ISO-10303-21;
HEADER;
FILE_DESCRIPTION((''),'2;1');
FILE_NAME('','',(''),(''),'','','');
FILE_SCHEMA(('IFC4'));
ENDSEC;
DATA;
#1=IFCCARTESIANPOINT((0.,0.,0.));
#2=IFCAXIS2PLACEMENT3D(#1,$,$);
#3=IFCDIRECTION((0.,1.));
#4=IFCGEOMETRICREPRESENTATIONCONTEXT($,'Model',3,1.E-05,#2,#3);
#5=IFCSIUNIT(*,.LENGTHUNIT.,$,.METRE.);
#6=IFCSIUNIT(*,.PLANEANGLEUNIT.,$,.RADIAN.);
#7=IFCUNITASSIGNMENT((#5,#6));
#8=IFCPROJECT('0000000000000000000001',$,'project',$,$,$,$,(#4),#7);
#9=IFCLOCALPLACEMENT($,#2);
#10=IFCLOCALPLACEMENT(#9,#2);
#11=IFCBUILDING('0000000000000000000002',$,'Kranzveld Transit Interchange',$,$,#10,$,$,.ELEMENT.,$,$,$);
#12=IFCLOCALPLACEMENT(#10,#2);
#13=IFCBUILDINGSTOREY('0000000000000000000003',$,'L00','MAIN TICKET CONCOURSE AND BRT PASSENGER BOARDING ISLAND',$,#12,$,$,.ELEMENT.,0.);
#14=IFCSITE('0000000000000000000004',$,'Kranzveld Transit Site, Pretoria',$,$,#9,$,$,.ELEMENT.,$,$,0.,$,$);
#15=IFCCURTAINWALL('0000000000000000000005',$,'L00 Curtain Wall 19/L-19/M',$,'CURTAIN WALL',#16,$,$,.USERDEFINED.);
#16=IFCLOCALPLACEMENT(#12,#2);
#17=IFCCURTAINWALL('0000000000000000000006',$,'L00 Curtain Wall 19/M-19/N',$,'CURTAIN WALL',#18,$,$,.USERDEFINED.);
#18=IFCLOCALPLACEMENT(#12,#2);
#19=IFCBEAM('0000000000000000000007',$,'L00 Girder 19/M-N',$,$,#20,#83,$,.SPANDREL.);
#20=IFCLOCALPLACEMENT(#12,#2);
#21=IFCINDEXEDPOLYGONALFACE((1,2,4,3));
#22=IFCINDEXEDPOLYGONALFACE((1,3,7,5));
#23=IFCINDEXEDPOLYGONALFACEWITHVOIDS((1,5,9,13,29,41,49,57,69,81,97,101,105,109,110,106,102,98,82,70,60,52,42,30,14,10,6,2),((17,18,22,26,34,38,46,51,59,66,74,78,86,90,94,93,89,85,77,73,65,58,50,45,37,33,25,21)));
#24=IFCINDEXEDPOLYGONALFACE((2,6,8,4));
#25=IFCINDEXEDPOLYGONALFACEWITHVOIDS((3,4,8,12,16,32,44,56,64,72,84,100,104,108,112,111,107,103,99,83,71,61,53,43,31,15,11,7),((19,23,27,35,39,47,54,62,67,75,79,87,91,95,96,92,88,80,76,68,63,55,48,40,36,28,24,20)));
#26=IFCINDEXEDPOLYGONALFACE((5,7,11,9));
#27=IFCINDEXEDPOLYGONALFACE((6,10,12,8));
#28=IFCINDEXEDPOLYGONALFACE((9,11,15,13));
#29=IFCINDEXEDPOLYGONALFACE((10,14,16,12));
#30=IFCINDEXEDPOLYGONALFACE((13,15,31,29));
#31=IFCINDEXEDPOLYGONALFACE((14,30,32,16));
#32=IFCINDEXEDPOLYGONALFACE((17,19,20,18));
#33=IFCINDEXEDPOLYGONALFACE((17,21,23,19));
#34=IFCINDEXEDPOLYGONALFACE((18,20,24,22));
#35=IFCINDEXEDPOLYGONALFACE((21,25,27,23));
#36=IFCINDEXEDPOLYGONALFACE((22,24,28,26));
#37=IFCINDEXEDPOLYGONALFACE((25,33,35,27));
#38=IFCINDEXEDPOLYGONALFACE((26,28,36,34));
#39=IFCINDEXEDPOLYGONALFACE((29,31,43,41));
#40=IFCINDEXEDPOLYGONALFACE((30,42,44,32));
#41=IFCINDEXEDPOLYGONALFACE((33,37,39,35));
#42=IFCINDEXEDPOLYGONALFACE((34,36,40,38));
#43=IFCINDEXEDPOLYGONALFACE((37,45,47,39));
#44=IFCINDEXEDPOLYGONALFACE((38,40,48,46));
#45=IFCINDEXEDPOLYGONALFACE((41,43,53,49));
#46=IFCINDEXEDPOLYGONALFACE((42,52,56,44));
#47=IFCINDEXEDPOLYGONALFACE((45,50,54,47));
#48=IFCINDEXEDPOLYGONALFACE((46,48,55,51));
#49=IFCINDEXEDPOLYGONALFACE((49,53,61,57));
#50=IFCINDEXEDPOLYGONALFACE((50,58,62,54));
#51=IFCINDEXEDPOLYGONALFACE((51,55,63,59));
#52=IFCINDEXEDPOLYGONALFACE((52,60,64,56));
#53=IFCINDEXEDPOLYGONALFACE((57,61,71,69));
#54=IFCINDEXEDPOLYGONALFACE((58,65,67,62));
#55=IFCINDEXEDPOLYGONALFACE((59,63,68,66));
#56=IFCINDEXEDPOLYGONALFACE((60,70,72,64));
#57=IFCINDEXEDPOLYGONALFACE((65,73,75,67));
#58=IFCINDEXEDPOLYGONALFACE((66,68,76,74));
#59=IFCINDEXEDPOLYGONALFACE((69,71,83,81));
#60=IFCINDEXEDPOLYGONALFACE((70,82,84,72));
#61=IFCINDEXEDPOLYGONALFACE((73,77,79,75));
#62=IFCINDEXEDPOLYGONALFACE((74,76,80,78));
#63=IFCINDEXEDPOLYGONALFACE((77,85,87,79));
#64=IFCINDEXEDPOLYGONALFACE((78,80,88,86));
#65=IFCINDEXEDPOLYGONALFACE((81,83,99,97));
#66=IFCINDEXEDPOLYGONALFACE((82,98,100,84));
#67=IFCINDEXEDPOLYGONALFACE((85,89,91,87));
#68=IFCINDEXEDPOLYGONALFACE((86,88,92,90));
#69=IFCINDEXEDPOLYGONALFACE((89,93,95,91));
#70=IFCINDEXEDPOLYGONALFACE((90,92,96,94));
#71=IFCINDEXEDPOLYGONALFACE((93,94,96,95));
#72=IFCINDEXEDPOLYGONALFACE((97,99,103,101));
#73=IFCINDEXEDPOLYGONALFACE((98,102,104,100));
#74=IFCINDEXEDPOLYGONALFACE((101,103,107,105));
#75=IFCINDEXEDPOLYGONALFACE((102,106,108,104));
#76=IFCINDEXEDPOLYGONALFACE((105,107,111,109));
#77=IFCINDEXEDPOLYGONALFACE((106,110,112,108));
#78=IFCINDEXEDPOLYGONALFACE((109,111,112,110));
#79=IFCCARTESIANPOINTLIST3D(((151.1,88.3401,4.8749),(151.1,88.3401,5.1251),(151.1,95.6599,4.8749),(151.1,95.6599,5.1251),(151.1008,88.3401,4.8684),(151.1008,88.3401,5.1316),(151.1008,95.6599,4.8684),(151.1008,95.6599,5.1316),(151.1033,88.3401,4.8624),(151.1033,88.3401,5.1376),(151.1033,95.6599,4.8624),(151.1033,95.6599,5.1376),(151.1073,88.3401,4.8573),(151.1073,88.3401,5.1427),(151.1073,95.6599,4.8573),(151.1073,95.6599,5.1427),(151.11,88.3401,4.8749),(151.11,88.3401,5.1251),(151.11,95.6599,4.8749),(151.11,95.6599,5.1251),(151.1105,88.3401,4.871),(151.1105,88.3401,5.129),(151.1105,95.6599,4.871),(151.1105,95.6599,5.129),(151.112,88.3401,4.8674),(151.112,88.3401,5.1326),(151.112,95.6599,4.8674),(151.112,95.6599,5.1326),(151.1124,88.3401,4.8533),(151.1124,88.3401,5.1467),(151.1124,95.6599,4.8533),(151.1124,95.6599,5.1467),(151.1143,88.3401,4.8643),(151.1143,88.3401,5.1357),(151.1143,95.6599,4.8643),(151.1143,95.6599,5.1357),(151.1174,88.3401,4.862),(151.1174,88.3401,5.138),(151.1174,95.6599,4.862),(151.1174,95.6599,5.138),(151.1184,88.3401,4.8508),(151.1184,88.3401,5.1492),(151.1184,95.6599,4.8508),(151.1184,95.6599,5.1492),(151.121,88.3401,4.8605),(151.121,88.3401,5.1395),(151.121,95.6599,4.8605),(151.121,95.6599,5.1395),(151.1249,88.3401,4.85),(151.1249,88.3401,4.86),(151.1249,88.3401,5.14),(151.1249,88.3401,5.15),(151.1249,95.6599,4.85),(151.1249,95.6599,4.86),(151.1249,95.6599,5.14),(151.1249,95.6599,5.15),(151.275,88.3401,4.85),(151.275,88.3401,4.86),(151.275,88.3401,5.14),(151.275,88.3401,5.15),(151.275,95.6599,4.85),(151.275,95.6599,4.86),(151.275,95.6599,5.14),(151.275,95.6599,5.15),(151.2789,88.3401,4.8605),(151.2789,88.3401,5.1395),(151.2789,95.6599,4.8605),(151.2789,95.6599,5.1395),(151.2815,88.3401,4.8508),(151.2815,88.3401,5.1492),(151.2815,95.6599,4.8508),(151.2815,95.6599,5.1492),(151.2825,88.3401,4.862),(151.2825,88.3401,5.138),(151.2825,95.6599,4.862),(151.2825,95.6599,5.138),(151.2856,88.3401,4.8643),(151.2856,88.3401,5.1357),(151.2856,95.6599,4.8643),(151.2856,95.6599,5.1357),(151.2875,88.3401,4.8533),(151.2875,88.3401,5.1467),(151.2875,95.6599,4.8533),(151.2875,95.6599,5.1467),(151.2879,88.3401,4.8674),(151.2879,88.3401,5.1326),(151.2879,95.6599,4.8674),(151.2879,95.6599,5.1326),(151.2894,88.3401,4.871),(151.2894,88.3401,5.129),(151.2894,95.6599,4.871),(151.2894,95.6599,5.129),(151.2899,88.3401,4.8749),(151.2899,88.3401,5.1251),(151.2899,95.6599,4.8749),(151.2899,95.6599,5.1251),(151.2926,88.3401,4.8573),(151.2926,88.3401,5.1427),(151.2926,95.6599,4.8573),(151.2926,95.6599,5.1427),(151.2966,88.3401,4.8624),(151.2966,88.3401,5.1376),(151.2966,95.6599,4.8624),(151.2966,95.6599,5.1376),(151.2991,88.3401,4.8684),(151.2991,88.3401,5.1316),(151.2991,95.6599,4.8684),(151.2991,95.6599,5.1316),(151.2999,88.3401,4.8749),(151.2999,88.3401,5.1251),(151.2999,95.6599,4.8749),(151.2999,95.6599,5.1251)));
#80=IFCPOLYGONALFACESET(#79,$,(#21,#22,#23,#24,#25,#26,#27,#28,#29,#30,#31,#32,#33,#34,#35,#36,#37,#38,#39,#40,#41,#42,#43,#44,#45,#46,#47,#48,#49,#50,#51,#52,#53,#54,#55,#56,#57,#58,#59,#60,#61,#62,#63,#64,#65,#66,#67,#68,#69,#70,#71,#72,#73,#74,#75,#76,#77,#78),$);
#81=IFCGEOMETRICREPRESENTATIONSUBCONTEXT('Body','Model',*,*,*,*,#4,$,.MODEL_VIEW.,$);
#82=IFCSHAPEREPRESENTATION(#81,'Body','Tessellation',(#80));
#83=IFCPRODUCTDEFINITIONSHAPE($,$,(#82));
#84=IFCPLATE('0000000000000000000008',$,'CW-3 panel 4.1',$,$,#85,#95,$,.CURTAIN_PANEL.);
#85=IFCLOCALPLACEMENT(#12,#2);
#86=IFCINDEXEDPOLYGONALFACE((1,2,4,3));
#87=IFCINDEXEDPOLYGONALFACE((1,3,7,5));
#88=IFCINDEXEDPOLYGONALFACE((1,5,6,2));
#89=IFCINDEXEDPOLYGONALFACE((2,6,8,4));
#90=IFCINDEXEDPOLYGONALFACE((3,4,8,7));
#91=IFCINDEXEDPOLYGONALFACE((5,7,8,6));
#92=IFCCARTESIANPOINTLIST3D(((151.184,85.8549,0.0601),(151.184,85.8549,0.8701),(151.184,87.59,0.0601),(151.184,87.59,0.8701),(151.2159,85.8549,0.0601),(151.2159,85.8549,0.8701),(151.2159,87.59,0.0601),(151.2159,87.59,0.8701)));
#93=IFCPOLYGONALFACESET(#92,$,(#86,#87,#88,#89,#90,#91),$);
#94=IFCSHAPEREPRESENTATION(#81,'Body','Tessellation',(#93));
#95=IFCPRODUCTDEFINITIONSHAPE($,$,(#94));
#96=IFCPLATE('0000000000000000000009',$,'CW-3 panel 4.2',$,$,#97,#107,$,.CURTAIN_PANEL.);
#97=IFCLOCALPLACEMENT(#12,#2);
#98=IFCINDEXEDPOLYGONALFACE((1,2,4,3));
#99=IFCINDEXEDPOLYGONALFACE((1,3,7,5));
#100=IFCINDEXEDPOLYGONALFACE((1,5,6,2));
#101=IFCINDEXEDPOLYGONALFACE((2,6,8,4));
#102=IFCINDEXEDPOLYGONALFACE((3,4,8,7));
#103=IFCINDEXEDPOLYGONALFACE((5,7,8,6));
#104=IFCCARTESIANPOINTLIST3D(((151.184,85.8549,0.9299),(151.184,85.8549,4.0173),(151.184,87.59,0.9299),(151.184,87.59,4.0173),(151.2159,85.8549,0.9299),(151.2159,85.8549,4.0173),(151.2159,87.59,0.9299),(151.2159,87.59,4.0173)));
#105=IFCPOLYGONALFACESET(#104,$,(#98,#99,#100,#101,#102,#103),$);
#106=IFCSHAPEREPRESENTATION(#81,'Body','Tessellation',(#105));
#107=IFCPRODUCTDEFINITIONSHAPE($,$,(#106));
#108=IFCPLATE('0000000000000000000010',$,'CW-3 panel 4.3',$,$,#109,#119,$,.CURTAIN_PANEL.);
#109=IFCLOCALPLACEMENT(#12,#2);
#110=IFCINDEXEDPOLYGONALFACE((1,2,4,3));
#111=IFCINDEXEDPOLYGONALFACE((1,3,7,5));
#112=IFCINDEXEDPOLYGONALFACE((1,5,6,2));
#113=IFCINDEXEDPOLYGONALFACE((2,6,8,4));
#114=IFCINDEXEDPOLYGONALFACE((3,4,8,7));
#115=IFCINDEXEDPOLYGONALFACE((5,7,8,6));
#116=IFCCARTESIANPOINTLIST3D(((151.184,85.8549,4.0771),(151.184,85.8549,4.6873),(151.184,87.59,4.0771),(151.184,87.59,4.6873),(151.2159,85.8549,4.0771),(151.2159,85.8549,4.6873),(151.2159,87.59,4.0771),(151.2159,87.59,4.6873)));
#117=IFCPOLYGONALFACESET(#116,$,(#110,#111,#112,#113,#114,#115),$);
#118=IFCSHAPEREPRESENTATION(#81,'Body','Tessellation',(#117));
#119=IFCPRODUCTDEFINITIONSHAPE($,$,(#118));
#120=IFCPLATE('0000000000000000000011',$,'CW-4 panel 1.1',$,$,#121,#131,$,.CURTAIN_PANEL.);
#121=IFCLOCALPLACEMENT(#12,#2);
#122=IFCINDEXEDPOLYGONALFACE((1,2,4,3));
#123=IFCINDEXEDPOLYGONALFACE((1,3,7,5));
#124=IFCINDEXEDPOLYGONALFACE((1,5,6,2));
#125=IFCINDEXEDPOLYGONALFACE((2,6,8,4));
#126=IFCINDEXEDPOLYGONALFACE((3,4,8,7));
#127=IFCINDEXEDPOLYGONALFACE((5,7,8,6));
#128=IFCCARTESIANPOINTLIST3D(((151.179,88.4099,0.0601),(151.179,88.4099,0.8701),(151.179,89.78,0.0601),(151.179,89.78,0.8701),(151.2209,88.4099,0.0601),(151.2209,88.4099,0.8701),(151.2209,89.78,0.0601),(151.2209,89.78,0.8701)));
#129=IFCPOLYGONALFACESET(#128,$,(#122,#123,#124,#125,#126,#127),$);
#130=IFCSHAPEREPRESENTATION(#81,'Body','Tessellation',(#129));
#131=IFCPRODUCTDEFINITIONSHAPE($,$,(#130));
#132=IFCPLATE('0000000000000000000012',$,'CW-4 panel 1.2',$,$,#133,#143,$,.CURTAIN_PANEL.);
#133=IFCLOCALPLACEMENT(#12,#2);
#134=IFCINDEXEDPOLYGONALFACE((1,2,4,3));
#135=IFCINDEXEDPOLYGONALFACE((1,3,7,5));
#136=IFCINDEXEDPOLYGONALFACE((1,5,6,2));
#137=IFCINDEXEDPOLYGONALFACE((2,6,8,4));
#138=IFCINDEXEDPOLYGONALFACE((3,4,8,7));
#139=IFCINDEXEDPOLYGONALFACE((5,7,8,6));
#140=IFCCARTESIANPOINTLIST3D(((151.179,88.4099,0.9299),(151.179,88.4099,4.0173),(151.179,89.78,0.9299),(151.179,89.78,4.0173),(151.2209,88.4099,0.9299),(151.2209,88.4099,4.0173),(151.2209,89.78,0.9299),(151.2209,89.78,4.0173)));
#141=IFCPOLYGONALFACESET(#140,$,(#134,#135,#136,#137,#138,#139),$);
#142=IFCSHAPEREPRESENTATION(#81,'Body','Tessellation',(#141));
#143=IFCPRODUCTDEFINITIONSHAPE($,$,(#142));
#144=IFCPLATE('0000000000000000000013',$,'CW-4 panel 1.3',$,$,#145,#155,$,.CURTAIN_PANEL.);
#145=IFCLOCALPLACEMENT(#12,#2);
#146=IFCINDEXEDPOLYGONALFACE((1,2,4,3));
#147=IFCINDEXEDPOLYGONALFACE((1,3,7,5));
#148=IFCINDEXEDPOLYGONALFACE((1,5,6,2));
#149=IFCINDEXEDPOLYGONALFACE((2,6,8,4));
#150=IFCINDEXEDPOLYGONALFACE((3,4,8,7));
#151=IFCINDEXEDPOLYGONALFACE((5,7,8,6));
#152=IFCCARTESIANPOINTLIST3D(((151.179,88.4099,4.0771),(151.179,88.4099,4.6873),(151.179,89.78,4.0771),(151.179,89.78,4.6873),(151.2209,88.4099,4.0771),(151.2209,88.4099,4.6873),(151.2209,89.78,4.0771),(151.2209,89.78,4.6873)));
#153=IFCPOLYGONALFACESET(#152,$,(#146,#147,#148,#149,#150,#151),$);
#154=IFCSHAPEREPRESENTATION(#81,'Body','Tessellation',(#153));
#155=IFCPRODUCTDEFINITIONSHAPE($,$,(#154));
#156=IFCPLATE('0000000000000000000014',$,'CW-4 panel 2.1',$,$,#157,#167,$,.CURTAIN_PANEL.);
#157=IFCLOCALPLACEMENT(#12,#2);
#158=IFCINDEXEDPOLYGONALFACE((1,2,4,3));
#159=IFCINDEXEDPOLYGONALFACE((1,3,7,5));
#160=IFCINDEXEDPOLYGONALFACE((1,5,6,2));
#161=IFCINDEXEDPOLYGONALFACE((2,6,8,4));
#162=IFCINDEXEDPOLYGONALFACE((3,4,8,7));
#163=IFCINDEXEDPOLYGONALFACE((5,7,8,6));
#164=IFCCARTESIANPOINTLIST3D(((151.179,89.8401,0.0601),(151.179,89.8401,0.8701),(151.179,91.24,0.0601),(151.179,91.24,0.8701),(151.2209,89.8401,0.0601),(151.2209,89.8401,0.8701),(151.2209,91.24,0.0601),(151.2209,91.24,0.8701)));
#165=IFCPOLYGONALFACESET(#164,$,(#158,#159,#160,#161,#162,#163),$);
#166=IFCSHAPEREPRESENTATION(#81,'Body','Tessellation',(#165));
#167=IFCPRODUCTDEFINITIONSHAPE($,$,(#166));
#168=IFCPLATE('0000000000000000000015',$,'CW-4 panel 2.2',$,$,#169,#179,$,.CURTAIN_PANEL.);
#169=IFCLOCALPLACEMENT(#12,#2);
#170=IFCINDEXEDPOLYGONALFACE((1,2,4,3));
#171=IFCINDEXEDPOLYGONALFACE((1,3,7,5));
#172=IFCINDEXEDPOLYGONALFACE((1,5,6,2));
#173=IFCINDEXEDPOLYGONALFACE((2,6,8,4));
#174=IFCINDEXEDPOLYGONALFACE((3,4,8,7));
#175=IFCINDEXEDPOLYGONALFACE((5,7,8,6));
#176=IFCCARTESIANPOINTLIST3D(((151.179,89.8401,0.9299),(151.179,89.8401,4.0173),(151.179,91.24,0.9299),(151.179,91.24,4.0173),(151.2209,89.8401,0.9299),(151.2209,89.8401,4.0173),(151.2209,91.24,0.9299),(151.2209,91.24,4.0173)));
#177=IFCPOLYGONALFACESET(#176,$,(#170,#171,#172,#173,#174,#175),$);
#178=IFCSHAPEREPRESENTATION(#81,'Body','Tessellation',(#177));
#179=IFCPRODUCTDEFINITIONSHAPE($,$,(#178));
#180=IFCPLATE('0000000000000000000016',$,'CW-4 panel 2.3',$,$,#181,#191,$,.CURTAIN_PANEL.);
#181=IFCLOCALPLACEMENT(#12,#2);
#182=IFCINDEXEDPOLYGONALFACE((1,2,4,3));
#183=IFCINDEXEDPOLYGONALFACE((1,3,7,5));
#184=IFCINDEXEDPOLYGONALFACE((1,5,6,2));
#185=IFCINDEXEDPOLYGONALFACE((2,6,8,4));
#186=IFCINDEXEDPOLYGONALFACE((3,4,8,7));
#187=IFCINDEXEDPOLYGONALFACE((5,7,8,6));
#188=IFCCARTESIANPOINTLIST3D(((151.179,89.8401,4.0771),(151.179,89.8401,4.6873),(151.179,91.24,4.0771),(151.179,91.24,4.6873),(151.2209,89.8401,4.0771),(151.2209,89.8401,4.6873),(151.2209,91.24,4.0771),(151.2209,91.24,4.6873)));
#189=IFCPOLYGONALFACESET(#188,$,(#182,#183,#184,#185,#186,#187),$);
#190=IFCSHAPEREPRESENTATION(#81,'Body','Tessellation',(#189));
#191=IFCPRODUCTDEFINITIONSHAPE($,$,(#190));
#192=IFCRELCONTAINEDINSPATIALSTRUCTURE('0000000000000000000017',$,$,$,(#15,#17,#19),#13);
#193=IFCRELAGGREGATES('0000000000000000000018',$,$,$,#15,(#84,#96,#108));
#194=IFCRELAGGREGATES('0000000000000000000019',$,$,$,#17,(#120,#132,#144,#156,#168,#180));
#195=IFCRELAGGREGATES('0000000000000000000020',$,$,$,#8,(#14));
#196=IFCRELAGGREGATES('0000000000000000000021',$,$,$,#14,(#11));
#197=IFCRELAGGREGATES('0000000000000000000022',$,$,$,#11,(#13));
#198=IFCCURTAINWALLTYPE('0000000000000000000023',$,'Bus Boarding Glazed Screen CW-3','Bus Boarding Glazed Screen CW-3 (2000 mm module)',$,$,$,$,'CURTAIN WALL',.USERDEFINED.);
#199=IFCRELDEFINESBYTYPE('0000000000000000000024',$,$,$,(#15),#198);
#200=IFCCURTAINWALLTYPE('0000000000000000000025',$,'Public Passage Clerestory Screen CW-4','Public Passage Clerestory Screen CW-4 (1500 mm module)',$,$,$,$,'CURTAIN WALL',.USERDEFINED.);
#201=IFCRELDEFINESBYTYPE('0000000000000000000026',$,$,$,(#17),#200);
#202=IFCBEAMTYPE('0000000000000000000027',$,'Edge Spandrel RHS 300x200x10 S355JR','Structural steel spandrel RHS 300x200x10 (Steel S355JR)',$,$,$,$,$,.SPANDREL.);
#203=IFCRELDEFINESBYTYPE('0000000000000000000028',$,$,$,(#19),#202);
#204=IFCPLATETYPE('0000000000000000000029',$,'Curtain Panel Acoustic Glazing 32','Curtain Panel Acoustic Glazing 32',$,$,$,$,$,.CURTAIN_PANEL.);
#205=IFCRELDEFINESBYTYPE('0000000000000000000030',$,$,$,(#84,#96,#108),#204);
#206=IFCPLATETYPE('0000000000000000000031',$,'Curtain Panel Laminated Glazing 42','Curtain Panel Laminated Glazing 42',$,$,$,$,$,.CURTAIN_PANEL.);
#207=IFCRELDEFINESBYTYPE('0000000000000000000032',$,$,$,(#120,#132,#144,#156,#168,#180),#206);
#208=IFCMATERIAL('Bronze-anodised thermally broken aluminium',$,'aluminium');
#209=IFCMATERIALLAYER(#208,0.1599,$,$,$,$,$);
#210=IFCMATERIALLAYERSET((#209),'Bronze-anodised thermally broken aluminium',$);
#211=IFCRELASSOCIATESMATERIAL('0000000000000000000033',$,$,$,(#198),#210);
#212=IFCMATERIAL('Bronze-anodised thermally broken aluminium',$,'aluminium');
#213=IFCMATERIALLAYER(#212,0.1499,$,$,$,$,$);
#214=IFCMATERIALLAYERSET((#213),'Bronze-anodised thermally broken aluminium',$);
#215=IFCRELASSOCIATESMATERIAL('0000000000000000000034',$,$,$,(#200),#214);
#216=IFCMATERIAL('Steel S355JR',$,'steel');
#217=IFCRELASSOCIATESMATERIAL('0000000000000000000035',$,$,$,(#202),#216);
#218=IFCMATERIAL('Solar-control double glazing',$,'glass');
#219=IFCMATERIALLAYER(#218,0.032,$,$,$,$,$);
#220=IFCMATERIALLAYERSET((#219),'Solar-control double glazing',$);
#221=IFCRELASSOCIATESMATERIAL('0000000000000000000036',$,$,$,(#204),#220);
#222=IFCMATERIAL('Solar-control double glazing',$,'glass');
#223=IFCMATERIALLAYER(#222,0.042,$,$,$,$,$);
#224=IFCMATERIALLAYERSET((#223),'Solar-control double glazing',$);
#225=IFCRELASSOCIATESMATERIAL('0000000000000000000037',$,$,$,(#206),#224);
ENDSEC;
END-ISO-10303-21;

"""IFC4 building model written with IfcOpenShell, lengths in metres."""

from ifc_helpers import new_model, si_unit, direction, frame, origin, origin_2d, place, context, subcontext, project, spatial, rectangle, hollow_rectangle, extrude, material, layer, layer_set, material_profile, profile_set, type_object, element, aggregate, save


model = new_model("IFC4")

# Units and contexts
model_context = context("Model", 3, precision=1e-05, world=origin(), true_north=direction((0.0, 1.0)))
body_context = subcontext(model_context, "Body", "Model", "MODEL_VIEW")
ifc_project = project(units=[si_unit("LENGTHUNIT", "METRE"), si_unit("PLANEANGLEUNIT", "RADIAN")], contexts=[model_context])

# Site, building, storey
site_placement = place(None, origin())
site = spatial("IfcSite", under=ifc_project, at=site_placement, Name="Kranzveld Transit Site, Pretoria", CompositionType="ELEMENT", RefElevation=0.0)
building_placement = place(site_placement, origin())
building = spatial("IfcBuilding", under=site, at=building_placement, Name="Kranzveld Transit Interchange", CompositionType="ELEMENT")
storey_placement = place(building_placement, origin())
storey = spatial("IfcBuildingStorey", under=building, at=storey_placement, Name="L00", Description="MAIN TICKET CONCOURSE AND BRT PASSENGER BOARDING ISLAND", CompositionType="ELEMENT", Elevation=0.0)

# Curtain wall
ifc_material_1 = material(Name="Bronze-anodised thermally broken aluminium", Category="aluminium")
ifc_layer_1 = layer(ifc_material_1, 0.1599)
ifc_layer_set_1 = layer_set([ifc_layer_1], Name="Bronze-anodised thermally broken aluminium")
curtain_wall_type_1 = type_object("IfcCurtainWallType", Name="Bus Boarding Glazed Screen CW-3", Description="Bus Boarding Glazed Screen CW-3 (2000 mm module)", ElementType="CURTAIN WALL", PredefinedType="USERDEFINED", material=ifc_layer_set_1)
curtain_wall_1_placement = place(storey_placement, origin())
curtain_wall_1 = element("IfcCurtainWall", 1, at=curtain_wall_1_placement, inside=storey, type_object=curtain_wall_type_1, Name="L00 Curtain Wall 19/L-19/M", ObjectType="CURTAIN WALL", PredefinedType="USERDEFINED")

# Curtain wall
ifc_material_2 = material(Name="Bronze-anodised thermally broken aluminium", Category="aluminium")
ifc_layer_2 = layer(ifc_material_2, 0.1499)
ifc_layer_set_2 = layer_set([ifc_layer_2], Name="Bronze-anodised thermally broken aluminium")
curtain_wall_type_2 = type_object("IfcCurtainWallType", Name="Public Passage Clerestory Screen CW-4", Description="Public Passage Clerestory Screen CW-4 (1500 mm module)", ElementType="CURTAIN WALL", PredefinedType="USERDEFINED", material=ifc_layer_set_2)
curtain_wall_2_placement = place(storey_placement, origin())
curtain_wall_2 = element("IfcCurtainWall", 2, at=curtain_wall_2_placement, inside=storey, type_object=curtain_wall_type_2, Name="L00 Curtain Wall 19/M-19/N", ObjectType="CURTAIN WALL", PredefinedType="USERDEFINED")

# Beam
ifc_material_3 = material(Name="Steel S355JR", Category="steel")
ifc_material_profile_1 = material_profile(ifc_material_3, hollow_rectangle(XDim=0.2, YDim=0.3, WallThickness=0.01, InnerFilletRadius=0.0149, OuterFilletRadius=0.0249, at=origin_2d()), Name="RHS 300x200x10")
ifc_profile_set_1 = profile_set([ifc_material_profile_1], Name="Steel S355JR")
beam_type = type_object("IfcBeamType", Name="Edge Spandrel RHS 300x200x10 S355JR", Description="Structural steel spandrel RHS 300x200x10 (Steel S355JR)", PredefinedType="SPANDREL", material=ifc_profile_set_1)
beam_placement = place(storey_placement, frame((151.2, 88.3401, 5.0), z_axis=(0.0, 1.0, 0.0), x_axis=(-1.0, 0.0, 0.0)))
element("IfcBeam", 3, at=beam_placement, inside=storey, type_object=beam_type, Name="L00 Girder 19/M-N", PredefinedType="SPANDREL", context=body_context, shape_type="SweptSolid", body=[
    extrude(hollow_rectangle(XDim=0.2, YDim=0.3, WallThickness=0.01, InnerFilletRadius=0.0149, OuterFilletRadius=0.0249, at=origin_2d()), origin(), (0.0, 0.0, 1.0), 7.3198),
])

# Plates
ifc_material_4 = material(Name="Solar-control double glazing", Category="glass")
ifc_layer_3 = layer(ifc_material_4, 0.032)
ifc_layer_set_3 = layer_set([ifc_layer_3], Name="Solar-control double glazing")
plate_type_1 = type_object("IfcPlateType", Name="Curtain Panel Acoustic Glazing 32", Description="Curtain Panel Acoustic Glazing 32", PredefinedType="CURTAIN_PANEL", material=ifc_layer_set_3)
plate_1_placement = place(storey_placement, frame((151.2, 86.7224, 0.0601), z_axis=(0.0, 0.0, 1.0), x_axis=(0.0, 1.0, 0.0)))
plate_1 = element("IfcPlate", 4, at=plate_1_placement, type_object=plate_type_1, Name="CW-3 panel 4.1", PredefinedType="CURTAIN_PANEL", context=body_context, shape_type="SweptSolid", body=[
    extrude(rectangle(XDim=1.7351, YDim=0.032, at=origin_2d()), origin(), (0.0, 0.0, 1.0), 0.8101),
])
plate_2_placement = place(storey_placement, frame((151.2, 86.7224, 0.9299), z_axis=(0.0, 0.0, 1.0), x_axis=(0.0, 1.0, 0.0)))
plate_2 = element("IfcPlate", 5, at=plate_2_placement, type_object=plate_type_1, Name="CW-3 panel 4.2", PredefinedType="CURTAIN_PANEL", context=body_context, shape_type="SweptSolid", body=[
    extrude(rectangle(XDim=1.7351, YDim=0.032, at=origin_2d()), origin(), (0.0, 0.0, 1.0), 3.0874),
])
plate_3_placement = place(storey_placement, frame((151.2, 86.7224, 4.0771), z_axis=(0.0, 0.0, 1.0), x_axis=(0.0, 1.0, 0.0)))
plate_3 = element("IfcPlate", 6, at=plate_3_placement, type_object=plate_type_1, Name="CW-3 panel 4.3", PredefinedType="CURTAIN_PANEL", context=body_context, shape_type="SweptSolid", body=[
    extrude(rectangle(XDim=1.7351, YDim=0.032, at=origin_2d()), origin(), (0.0, 0.0, 1.0), 0.6101),
])
aggregate(curtain_wall_1, [plate_1, plate_2, plate_3])
ifc_material_5 = material(Name="Solar-control double glazing", Category="glass")
ifc_layer_4 = layer(ifc_material_5, 0.042)
ifc_layer_set_4 = layer_set([ifc_layer_4], Name="Solar-control double glazing")
plate_type_2 = type_object("IfcPlateType", Name="Curtain Panel Laminated Glazing 42", Description="Curtain Panel Laminated Glazing 42", PredefinedType="CURTAIN_PANEL", material=ifc_layer_set_4)
plate_4_placement = place(storey_placement, frame((151.2, 89.095, 0.0601), z_axis=(0.0, 0.0, 1.0), x_axis=(0.0, 1.0, 0.0)))
plate_4 = element("IfcPlate", 7, at=plate_4_placement, type_object=plate_type_2, Name="CW-4 panel 1.1", PredefinedType="CURTAIN_PANEL", context=body_context, shape_type="SweptSolid", body=[
    extrude(rectangle(XDim=1.3701, YDim=0.042, at=origin_2d()), origin(), (0.0, 0.0, 1.0), 0.8101),
])
plate_5_placement = place(storey_placement, frame((151.2, 89.095, 0.9299), z_axis=(0.0, 0.0, 1.0), x_axis=(0.0, 1.0, 0.0)))
plate_5 = element("IfcPlate", 8, at=plate_5_placement, type_object=plate_type_2, Name="CW-4 panel 1.2", PredefinedType="CURTAIN_PANEL", context=body_context, shape_type="SweptSolid", body=[
    extrude(rectangle(XDim=1.3701, YDim=0.042, at=origin_2d()), origin(), (0.0, 0.0, 1.0), 3.0874),
])
plate_6_placement = place(storey_placement, frame((151.2, 89.095, 4.0771), z_axis=(0.0, 0.0, 1.0), x_axis=(0.0, 1.0, 0.0)))
plate_6 = element("IfcPlate", 9, at=plate_6_placement, type_object=plate_type_2, Name="CW-4 panel 1.3", PredefinedType="CURTAIN_PANEL", context=body_context, shape_type="SweptSolid", body=[
    extrude(rectangle(XDim=1.3701, YDim=0.042, at=origin_2d()), origin(), (0.0, 0.0, 1.0), 0.6101),
])
plate_7_placement = place(storey_placement, frame((151.2, 90.54, 0.0601), z_axis=(0.0, 0.0, 1.0), x_axis=(0.0, 1.0, 0.0)))
plate_7 = element("IfcPlate", 10, at=plate_7_placement, type_object=plate_type_2, Name="CW-4 panel 2.1", PredefinedType="CURTAIN_PANEL", context=body_context, shape_type="SweptSolid", body=[
    extrude(rectangle(XDim=1.3999, YDim=0.042, at=origin_2d()), origin(), (0.0, 0.0, 1.0), 0.8101),
])
plate_8_placement = place(storey_placement, frame((151.2, 90.54, 0.9299), z_axis=(0.0, 0.0, 1.0), x_axis=(0.0, 1.0, 0.0)))
plate_8 = element("IfcPlate", 11, at=plate_8_placement, type_object=plate_type_2, Name="CW-4 panel 2.2", PredefinedType="CURTAIN_PANEL", context=body_context, shape_type="SweptSolid", body=[
    extrude(rectangle(XDim=1.3999, YDim=0.042, at=origin_2d()), origin(), (0.0, 0.0, 1.0), 3.0874),
])
plate_9_placement = place(storey_placement, frame((151.2, 90.54, 4.0771), z_axis=(0.0, 0.0, 1.0), x_axis=(0.0, 1.0, 0.0)))
plate_9 = element("IfcPlate", 12, at=plate_9_placement, type_object=plate_type_2, Name="CW-4 panel 2.3", PredefinedType="CURTAIN_PANEL", context=body_context, shape_type="SweptSolid", body=[
    extrude(rectangle(XDim=1.3999, YDim=0.042, at=origin_2d()), origin(), (0.0, 0.0, 1.0), 0.6101),
])
aggregate(curtain_wall_2, [plate_4, plate_5, plate_6, plate_7, plate_8, plate_9])

save(model, "model.ifc")
